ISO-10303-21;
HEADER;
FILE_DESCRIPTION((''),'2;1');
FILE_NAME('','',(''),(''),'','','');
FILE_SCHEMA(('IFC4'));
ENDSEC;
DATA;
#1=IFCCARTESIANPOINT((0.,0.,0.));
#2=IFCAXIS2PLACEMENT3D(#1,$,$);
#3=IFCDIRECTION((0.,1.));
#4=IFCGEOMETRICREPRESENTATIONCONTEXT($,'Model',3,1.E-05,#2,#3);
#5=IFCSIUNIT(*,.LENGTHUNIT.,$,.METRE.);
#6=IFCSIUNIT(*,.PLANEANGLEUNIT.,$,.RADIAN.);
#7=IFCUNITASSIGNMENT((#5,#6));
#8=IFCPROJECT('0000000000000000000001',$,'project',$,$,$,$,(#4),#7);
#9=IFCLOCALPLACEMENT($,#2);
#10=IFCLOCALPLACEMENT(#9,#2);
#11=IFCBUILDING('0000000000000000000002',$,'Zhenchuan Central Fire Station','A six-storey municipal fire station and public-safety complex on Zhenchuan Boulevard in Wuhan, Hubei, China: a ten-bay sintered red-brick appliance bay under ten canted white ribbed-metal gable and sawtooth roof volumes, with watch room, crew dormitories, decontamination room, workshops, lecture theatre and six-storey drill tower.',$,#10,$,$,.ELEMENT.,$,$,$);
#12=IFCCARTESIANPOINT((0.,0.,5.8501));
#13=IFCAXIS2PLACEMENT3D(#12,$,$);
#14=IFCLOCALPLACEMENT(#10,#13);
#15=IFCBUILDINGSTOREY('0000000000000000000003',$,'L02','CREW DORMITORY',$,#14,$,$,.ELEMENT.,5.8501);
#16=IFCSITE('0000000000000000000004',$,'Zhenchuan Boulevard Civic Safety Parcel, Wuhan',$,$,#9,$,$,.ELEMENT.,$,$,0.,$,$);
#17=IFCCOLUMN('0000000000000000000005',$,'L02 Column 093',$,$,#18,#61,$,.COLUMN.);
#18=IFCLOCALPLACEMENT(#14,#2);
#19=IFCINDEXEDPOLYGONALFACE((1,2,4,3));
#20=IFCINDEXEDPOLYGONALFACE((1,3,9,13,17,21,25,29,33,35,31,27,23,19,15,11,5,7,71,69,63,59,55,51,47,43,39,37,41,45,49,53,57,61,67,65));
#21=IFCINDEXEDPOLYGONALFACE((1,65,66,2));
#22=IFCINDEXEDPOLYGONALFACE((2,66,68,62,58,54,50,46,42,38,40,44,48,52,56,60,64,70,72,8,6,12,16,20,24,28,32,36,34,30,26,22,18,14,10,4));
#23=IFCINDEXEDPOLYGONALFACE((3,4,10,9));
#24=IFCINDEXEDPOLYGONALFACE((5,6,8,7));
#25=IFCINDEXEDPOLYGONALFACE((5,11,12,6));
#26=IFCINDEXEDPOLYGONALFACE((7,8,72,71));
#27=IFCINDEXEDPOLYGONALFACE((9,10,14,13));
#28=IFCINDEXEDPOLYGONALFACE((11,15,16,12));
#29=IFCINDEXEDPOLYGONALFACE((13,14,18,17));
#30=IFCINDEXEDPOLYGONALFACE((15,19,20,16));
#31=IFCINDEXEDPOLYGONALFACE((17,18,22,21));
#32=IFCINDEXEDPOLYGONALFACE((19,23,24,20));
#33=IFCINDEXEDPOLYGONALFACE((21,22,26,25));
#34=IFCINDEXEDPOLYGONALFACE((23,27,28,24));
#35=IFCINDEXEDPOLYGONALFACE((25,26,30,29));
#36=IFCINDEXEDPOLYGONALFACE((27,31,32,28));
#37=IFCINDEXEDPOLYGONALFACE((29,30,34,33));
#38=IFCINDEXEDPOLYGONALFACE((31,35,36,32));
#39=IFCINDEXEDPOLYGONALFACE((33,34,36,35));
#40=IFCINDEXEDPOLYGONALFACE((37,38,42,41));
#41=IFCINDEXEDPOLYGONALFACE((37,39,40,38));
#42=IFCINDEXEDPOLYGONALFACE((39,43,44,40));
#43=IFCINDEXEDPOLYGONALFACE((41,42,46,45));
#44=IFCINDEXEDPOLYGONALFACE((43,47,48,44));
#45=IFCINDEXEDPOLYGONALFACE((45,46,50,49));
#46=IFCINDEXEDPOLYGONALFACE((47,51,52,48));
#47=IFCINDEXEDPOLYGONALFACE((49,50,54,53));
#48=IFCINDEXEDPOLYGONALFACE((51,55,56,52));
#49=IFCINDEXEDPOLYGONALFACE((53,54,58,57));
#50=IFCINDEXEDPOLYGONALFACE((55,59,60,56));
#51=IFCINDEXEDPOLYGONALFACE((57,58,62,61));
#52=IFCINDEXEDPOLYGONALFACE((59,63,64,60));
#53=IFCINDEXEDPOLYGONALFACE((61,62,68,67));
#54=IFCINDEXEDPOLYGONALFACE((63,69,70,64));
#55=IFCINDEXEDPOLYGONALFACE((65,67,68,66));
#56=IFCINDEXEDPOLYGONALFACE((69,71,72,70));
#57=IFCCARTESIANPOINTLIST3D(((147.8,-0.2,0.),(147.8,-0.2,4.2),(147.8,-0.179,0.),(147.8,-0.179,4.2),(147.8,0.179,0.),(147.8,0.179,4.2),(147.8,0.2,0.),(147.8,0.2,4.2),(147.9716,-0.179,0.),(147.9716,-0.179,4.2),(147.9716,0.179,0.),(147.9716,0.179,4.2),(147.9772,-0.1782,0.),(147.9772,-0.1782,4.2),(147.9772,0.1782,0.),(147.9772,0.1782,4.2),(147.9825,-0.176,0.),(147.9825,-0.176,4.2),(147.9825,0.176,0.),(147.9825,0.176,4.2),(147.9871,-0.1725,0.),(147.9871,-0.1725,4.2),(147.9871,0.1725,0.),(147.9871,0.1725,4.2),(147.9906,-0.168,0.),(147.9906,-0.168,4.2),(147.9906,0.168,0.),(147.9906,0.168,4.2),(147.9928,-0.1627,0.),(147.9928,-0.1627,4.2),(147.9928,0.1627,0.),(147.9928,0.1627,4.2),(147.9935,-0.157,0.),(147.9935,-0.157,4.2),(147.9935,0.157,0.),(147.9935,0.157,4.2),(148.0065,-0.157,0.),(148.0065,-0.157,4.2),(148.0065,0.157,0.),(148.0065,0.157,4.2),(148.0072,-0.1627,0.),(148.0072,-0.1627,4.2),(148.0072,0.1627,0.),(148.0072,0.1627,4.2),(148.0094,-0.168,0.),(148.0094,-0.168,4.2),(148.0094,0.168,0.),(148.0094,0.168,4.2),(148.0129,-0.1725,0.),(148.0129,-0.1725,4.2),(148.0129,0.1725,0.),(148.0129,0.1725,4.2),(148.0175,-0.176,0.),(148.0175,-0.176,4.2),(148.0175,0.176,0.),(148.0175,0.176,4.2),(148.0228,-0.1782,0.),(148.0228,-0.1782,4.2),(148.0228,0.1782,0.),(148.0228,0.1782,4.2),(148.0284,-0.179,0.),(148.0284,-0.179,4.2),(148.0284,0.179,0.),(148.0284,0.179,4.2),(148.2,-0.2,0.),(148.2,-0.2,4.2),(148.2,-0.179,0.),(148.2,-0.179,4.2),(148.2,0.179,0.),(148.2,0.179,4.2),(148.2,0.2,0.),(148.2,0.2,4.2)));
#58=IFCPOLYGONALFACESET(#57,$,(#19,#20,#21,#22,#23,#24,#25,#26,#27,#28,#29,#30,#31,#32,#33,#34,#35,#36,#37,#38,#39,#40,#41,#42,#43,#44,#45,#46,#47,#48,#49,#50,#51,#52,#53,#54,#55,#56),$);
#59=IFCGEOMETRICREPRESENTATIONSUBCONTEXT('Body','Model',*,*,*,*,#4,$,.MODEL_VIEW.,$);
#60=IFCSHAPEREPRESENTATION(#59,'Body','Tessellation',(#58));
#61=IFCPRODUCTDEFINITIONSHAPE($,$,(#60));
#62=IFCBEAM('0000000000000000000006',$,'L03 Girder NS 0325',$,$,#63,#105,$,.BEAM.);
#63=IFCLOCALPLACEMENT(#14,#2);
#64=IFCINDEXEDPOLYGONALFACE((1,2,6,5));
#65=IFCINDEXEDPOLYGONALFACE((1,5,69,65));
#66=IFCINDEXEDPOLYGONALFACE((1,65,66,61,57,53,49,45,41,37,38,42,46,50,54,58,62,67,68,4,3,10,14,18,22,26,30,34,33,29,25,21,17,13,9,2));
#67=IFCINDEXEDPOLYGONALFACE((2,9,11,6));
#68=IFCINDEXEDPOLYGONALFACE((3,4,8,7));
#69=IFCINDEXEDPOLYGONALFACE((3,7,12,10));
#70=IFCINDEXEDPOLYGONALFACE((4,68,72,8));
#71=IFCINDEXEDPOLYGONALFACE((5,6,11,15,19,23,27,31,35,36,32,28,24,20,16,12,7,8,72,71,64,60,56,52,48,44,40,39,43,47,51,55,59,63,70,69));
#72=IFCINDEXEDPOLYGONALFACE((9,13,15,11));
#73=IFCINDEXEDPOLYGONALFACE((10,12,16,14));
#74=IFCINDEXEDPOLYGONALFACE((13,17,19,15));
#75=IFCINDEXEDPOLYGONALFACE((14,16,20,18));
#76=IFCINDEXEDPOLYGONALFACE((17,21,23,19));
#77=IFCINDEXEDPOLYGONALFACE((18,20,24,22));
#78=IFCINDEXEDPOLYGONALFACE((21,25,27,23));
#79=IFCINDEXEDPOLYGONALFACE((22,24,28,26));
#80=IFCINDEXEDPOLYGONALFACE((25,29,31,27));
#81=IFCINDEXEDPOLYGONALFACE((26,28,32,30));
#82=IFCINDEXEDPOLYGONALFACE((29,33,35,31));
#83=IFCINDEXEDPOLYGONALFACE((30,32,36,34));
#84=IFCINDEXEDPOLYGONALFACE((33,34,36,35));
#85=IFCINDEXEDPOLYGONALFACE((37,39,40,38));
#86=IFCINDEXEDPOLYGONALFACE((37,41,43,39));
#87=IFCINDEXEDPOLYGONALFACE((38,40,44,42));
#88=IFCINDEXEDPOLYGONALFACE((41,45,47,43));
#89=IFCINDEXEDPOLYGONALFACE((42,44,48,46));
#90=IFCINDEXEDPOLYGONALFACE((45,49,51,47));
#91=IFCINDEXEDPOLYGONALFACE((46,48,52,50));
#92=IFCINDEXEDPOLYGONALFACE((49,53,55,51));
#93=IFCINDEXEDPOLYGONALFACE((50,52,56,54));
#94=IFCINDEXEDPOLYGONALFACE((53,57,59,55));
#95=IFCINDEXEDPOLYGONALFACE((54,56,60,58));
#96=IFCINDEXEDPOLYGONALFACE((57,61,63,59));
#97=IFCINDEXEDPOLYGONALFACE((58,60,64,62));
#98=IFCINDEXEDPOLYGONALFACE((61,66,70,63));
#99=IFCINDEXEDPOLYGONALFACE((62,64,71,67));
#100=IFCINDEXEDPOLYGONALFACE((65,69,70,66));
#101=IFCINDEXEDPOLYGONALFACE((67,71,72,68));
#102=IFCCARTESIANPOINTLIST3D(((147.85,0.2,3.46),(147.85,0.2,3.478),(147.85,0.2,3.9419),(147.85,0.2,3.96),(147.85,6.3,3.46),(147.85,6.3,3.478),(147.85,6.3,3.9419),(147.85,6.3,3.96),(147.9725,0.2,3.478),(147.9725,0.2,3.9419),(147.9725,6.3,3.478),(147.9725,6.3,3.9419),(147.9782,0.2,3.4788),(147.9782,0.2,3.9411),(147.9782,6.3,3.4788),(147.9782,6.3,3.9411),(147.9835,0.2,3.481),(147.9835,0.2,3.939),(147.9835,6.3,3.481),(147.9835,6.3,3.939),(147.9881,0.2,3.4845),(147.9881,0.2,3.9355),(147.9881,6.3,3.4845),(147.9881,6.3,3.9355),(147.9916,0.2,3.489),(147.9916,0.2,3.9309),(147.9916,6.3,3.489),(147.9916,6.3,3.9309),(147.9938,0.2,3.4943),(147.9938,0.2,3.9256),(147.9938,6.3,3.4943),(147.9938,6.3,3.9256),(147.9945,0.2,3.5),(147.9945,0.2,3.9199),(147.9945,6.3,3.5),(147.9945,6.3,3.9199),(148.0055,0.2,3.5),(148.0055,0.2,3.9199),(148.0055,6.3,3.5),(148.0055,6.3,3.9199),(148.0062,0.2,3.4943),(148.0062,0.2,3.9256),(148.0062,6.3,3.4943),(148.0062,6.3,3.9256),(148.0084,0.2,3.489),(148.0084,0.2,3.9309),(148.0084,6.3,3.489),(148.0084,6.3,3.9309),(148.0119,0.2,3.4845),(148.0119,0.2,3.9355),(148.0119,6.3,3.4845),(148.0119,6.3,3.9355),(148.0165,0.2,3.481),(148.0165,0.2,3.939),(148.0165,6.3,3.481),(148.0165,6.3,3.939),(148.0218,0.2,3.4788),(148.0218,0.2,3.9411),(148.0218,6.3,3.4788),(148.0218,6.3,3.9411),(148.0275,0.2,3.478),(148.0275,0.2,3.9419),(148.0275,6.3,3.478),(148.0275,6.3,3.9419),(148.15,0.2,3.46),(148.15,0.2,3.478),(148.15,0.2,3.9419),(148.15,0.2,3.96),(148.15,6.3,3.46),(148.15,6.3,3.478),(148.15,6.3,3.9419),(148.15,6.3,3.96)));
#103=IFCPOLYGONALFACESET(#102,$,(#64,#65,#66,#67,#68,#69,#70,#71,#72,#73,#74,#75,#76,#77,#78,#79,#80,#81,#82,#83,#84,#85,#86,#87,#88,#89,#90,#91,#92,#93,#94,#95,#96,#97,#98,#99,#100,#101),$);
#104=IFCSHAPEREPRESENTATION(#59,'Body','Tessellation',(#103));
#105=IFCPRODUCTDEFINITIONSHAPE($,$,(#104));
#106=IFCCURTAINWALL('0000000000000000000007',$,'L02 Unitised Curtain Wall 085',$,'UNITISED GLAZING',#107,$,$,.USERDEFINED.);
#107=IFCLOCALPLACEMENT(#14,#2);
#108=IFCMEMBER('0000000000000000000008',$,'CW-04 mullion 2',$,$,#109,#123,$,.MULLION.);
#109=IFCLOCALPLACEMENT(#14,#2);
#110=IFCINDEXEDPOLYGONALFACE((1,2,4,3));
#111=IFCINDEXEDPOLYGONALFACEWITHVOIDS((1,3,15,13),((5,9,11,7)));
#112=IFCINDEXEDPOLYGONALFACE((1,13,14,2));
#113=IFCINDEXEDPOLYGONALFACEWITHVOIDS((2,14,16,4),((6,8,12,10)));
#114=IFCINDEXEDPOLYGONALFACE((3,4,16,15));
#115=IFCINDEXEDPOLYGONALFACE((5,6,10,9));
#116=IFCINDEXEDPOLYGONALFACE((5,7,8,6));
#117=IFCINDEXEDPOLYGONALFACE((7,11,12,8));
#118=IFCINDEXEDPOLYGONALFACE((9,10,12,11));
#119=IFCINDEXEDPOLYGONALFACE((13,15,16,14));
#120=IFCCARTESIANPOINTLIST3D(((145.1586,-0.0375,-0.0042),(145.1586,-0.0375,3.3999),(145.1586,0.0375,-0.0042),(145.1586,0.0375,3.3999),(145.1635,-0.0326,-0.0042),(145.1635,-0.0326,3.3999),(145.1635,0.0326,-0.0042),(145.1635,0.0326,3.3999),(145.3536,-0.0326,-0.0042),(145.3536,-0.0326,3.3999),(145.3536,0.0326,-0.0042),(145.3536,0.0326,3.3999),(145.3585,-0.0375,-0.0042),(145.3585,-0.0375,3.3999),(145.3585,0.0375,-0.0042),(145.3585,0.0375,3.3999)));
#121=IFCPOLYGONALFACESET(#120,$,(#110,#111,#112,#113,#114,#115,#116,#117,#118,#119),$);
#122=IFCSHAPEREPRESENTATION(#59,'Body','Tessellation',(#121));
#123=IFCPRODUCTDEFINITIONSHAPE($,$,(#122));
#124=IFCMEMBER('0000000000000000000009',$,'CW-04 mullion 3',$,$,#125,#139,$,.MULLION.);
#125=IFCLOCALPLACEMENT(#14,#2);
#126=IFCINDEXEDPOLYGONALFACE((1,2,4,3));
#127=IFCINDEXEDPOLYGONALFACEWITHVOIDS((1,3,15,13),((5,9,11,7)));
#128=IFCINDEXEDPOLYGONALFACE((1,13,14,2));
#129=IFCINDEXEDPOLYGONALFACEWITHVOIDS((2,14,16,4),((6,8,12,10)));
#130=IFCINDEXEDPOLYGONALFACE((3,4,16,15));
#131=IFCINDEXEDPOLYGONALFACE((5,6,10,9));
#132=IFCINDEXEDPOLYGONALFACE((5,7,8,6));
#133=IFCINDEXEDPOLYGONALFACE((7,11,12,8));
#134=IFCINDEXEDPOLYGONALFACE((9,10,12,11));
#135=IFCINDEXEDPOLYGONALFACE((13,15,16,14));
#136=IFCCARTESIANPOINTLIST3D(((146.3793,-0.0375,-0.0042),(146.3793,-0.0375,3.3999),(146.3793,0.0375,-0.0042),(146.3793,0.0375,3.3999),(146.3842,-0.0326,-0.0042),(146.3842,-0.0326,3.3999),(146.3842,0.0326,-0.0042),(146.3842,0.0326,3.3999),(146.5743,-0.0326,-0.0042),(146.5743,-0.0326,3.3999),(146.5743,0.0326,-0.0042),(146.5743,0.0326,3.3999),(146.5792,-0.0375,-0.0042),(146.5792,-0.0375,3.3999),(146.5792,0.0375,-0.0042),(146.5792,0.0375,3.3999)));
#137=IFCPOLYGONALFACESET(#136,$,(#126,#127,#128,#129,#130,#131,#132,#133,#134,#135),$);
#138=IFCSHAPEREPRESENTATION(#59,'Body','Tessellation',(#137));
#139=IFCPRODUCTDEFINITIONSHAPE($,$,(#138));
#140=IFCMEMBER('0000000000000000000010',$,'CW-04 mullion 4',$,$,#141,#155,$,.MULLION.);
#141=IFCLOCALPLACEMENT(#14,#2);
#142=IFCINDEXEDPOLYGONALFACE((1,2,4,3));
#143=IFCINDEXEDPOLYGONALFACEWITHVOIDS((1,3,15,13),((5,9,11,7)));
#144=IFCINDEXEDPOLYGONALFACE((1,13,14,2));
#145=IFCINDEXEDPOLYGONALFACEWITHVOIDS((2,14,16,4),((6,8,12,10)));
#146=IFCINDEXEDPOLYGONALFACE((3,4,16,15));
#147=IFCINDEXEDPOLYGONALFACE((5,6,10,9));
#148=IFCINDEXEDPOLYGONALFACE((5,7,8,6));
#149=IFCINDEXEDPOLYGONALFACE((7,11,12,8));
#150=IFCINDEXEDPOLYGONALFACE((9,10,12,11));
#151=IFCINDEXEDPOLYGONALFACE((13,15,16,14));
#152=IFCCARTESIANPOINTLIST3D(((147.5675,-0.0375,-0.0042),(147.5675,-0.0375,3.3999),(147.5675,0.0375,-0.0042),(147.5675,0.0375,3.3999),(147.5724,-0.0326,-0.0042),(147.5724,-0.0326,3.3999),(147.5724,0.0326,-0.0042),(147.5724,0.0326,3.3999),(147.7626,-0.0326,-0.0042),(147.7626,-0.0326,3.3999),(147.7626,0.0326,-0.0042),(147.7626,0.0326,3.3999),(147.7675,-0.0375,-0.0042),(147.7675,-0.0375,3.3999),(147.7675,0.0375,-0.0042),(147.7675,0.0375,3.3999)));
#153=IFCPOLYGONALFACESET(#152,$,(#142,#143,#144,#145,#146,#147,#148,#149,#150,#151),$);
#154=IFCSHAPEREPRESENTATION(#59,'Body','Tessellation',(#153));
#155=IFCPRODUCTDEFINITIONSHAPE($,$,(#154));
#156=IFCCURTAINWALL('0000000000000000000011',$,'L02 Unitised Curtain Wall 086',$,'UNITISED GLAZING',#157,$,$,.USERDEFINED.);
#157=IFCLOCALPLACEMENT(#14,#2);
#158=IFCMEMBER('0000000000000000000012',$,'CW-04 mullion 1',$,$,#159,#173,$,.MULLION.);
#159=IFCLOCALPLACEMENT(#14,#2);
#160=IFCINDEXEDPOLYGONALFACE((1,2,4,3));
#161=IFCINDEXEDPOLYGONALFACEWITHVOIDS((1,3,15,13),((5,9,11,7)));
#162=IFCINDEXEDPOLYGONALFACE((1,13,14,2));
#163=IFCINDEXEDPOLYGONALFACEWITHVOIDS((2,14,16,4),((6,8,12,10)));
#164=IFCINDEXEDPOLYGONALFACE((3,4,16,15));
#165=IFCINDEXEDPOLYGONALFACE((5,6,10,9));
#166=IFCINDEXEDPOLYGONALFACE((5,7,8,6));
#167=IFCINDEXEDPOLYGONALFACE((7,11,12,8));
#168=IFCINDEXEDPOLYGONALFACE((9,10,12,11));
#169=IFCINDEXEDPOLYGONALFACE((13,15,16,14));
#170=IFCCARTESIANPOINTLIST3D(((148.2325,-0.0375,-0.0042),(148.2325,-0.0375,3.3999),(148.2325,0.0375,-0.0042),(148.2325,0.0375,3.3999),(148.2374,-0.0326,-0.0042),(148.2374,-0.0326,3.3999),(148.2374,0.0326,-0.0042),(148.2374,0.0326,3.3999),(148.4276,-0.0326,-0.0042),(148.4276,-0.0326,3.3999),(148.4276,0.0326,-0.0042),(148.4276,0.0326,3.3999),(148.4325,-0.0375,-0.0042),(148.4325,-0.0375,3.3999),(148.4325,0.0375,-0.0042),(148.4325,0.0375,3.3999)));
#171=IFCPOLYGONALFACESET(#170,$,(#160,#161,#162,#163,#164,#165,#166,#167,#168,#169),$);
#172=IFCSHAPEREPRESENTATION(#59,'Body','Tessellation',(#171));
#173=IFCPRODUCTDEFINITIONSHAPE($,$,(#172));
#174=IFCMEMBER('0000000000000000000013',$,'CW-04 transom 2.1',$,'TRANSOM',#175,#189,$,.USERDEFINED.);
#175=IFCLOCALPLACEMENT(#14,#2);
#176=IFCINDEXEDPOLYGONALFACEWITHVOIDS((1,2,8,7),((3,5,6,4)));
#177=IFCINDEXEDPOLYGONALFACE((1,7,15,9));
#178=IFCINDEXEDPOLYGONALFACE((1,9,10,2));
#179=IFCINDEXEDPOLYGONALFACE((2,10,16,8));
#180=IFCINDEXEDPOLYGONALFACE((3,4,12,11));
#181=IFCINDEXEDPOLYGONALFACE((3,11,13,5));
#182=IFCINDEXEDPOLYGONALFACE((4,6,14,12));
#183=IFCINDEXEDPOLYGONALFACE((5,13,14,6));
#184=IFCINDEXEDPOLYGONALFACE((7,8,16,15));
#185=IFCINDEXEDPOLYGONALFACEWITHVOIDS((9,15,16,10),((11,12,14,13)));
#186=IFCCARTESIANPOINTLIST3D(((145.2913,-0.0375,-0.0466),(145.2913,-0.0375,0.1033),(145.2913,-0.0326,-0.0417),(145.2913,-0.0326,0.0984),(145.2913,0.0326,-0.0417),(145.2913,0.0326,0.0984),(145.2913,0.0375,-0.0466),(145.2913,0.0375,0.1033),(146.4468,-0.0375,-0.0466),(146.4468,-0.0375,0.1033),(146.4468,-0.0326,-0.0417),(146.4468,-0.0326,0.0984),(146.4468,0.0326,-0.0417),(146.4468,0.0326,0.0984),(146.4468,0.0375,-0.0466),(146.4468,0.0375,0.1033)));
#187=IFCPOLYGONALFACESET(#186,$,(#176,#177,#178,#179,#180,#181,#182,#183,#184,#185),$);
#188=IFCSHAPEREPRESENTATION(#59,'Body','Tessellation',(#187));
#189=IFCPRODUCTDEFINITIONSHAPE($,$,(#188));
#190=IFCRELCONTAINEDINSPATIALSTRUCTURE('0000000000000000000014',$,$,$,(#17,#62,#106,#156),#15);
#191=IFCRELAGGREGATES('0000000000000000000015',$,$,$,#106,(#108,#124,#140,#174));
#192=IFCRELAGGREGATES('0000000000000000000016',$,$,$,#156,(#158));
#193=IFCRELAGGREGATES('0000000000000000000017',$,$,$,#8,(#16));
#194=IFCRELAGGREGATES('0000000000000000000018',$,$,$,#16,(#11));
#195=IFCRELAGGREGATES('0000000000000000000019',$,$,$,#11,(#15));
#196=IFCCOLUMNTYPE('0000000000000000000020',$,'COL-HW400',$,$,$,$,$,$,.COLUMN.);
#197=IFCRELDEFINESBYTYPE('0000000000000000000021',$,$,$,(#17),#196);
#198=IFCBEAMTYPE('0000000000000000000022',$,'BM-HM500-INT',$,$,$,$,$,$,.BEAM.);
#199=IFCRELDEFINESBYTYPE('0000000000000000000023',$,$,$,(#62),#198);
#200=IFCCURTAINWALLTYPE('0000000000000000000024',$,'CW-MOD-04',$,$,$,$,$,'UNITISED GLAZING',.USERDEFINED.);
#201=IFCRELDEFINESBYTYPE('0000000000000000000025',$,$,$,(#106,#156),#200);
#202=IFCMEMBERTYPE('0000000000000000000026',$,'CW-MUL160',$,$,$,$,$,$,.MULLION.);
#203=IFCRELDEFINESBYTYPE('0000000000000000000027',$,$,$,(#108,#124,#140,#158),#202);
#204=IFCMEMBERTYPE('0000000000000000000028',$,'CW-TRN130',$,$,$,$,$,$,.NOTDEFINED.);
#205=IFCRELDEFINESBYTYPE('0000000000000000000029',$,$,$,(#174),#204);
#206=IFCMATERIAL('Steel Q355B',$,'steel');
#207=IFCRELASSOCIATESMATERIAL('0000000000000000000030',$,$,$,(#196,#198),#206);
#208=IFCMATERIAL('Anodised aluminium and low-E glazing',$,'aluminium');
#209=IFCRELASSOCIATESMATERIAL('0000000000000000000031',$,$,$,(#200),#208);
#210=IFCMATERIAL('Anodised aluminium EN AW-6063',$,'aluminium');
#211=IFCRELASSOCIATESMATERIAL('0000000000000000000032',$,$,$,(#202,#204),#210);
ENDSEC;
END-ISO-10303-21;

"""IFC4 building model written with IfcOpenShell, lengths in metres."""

from ifc_helpers import new_model, si_unit, direction, frame, origin, origin_2d, place, context, subcontext, project, spatial, hollow_rectangle, i_section, extrude, material, material_profile, profile_set, type_object, element, aggregate, save


model = new_model("IFC4")

# Units and contexts
model_context = context("Model", 3, precision=1e-05, world=origin(), true_north=direction((0.0, 1.0)))
body_context = subcontext(model_context, "Body", "Model", "MODEL_VIEW")
ifc_project = project(units=[si_unit("LENGTHUNIT", "METRE"), si_unit("PLANEANGLEUNIT", "RADIAN")], contexts=[model_context])

# Site, building, storey
site_placement = place(None, origin())
site = spatial("IfcSite", under=ifc_project, at=site_placement, Name="Zhenchuan Boulevard Civic Safety Parcel, Wuhan", CompositionType="ELEMENT", RefElevation=0.0)
building_placement = place(site_placement, origin())
building = spatial("IfcBuilding", under=site, at=building_placement, Name="Zhenchuan Central Fire Station", Description="A six-storey municipal fire station and public-safety complex on Zhenchuan Boulevard in Wuhan, Hubei, China: a ten-bay sintered red-brick appliance bay under ten canted white ribbed-metal gable and sawtooth roof volumes, with watch room, crew dormitories, decontamination room, workshops, lecture theatre and six-storey drill tower.", CompositionType="ELEMENT")
storey_placement = place(building_placement, frame((0.0, 0.0, 5.8501)))
storey = spatial("IfcBuildingStorey", under=building, at=storey_placement, Name="L02", Description="CREW DORMITORY", CompositionType="ELEMENT", Elevation=5.8501)

# Column
ifc_material_1 = material(Name="Steel Q355B", Category="steel")
ifc_material_profile_1 = material_profile(ifc_material_1, i_section(OverallWidth=0.3999, OverallDepth=0.3999, WebThickness=0.0129, FlangeThickness=0.021, FilletRadius=0.022, at=origin_2d()), Name="HW 400x400")
ifc_profile_set_1 = profile_set([ifc_material_profile_1], Name="Steel Q355B")
column_type = type_object("IfcColumnType", Name="COL-HW400", PredefinedType="COLUMN", material=ifc_profile_set_1)
column_placement = place(storey_placement, frame((148.0, 0.0, 0.0), z_axis=(0.0, 0.0, 1.0), x_axis=(1.0, 0.0, 0.0)))
element("IfcColumn", 1, at=column_placement, inside=storey, type_object=column_type, Name="L02 Column 093", PredefinedType="COLUMN", context=body_context, shape_type="SweptSolid", body=[
    extrude(i_section(OverallWidth=0.3999, OverallDepth=0.3999, WebThickness=0.0129, FlangeThickness=0.021, FilletRadius=0.022, at=origin_2d()), origin(), (0.0, 0.0, 1.0), 4.2),
])

# Beam
ifc_material_profile_2 = material_profile(ifc_material_1, i_section(OverallWidth=0.3, OverallDepth=0.5, WebThickness=0.011, FlangeThickness=0.0181, FilletRadius=0.022, at=origin_2d()), Name="HM 500x300")
ifc_profile_set_2 = profile_set([ifc_material_profile_2], Name="Steel Q355B")
beam_type_1 = type_object("IfcBeamType", Name="BM-HM500-INT", PredefinedType="BEAM", material=ifc_profile_set_2)
beam_1_placement = place(storey_placement, frame((148.0, 0.2, 3.71), z_axis=(0.0, 1.0, 0.0), x_axis=(-1.0, 0.0, 0.0)))
element("IfcBeam", 2, at=beam_1_placement, inside=storey, type_object=beam_type_1, Name="L03 Girder NS 0325", PredefinedType="BEAM", context=body_context, shape_type="SweptSolid", body=[
    extrude(i_section(OverallWidth=0.3, OverallDepth=0.5, WebThickness=0.011, FlangeThickness=0.0181, FilletRadius=0.022, at=origin_2d()), origin(), (0.0, 0.0, 1.0), 6.1001),
])

# Curtain wall, members
ifc_material_2 = material(Name="Anodised aluminium and low-E glazing", Category="aluminium")
curtain_wall_type = type_object("IfcCurtainWallType", Name="CW-MOD-04", ElementType="UNITISED GLAZING", PredefinedType="USERDEFINED", material=ifc_material_2)
curtain_wall_1_placement = place(storey_placement, origin())
curtain_wall_1 = element("IfcCurtainWall", 3, at=curtain_wall_1_placement, inside=storey, type_object=curtain_wall_type, Name="L02 Unitised Curtain Wall 085", ObjectType="UNITISED GLAZING", PredefinedType="USERDEFINED")
ifc_material_3 = material(Name="Anodised aluminium EN AW-6063", Category="aluminium")
ifc_material_profile_3 = material_profile(ifc_material_3, hollow_rectangle(XDim=0.075, YDim=0.2, WallThickness=0.0049, at=origin_2d()), Name="ALU-M 200x75")
ifc_profile_set_3 = profile_set([ifc_material_profile_3], Name="Anodised aluminium EN AW-6063")
member_type_1 = type_object("IfcMemberType", Name="CW-MUL160", PredefinedType="MULLION", material=ifc_profile_set_3)
member_1_placement = place(storey_placement, frame((145.2585, 0.0, -0.0042), z_axis=(0.0, 0.0, 1.0), x_axis=(0.0, 1.0, 0.0)))
member_1 = element("IfcMember", 4, at=member_1_placement, type_object=member_type_1, Name="CW-04 mullion 2", PredefinedType="MULLION", context=body_context, shape_type="SweptSolid", body=[
    extrude(hollow_rectangle(XDim=0.075, YDim=0.2, WallThickness=0.0049, at=origin_2d()), origin(), (0.0, 0.0, 1.0), 3.4041),
])
member_2_placement = place(storey_placement, frame((146.4792, 0.0, -0.0042), z_axis=(0.0, 0.0, 1.0), x_axis=(0.0, 1.0, 0.0)))
member_2 = element("IfcMember", 5, at=member_2_placement, type_object=member_type_1, Name="CW-04 mullion 3", PredefinedType="MULLION", context=body_context, shape_type="SweptSolid", body=[
    extrude(hollow_rectangle(XDim=0.075, YDim=0.2, WallThickness=0.0049, at=origin_2d()), origin(), (0.0, 0.0, 1.0), 3.4041),
])
member_3_placement = place(storey_placement, frame((147.6675, 0.0, -0.0042), z_axis=(0.0, 0.0, 1.0), x_axis=(0.0, 1.0, 0.0)))
member_3 = element("IfcMember", 6, at=member_3_placement, type_object=member_type_1, Name="CW-04 mullion 4", PredefinedType="MULLION", context=body_context, shape_type="SweptSolid", body=[
    extrude(hollow_rectangle(XDim=0.075, YDim=0.2, WallThickness=0.0049, at=origin_2d()), origin(), (0.0, 0.0, 1.0), 3.4041),
])

# Curtain wall, member
curtain_wall_2_placement = place(storey_placement, origin())
curtain_wall_2 = element("IfcCurtainWall", 7, at=curtain_wall_2_placement, inside=storey, type_object=curtain_wall_type, Name="L02 Unitised Curtain Wall 086", ObjectType="UNITISED GLAZING", PredefinedType="USERDEFINED")
member_4_placement = place(storey_placement, frame((148.3325, 0.0, -0.0042), z_axis=(0.0, 0.0, 1.0), x_axis=(0.0, 1.0, 0.0)))
member_4 = element("IfcMember", 8, at=member_4_placement, type_object=member_type_1, Name="CW-04 mullion 1", PredefinedType="MULLION", context=body_context, shape_type="SweptSolid", body=[
    extrude(hollow_rectangle(XDim=0.075, YDim=0.2, WallThickness=0.0049, at=origin_2d()), origin(), (0.0, 0.0, 1.0), 3.4041),
])

# Member
ifc_material_profile_4 = material_profile(ifc_material_3, hollow_rectangle(XDim=0.075, YDim=0.1499, WallThickness=0.0049, at=origin_2d()), Name="ALU-T 150x75")
ifc_profile_set_4 = profile_set([ifc_material_profile_4], Name="Anodised aluminium EN AW-6063")
member_type_2 = type_object("IfcMemberType", Name="CW-TRN130", PredefinedType="NOTDEFINED", material=ifc_profile_set_4)
member_5_placement = place(storey_placement, frame((145.2913, 0.0, 0.0283), z_axis=(1.0, 0.0, 0.0), x_axis=(0.0, 1.0, 0.0)))
member_5 = element("IfcMember", 9, at=member_5_placement, type_object=member_type_2, Name="CW-04 transom 2.1", ObjectType="TRANSOM", PredefinedType="USERDEFINED", context=body_context, shape_type="SweptSolid", body=[
    extrude(hollow_rectangle(XDim=0.075, YDim=0.1499, WallThickness=0.0049, at=origin_2d()), origin(), (0.0, 0.0, 1.0), 1.1555),
])

aggregate(curtain_wall_1, [member_1, member_2, member_3, member_5])
aggregate(curtain_wall_2, [member_4])

save(model, "model.ifc")
